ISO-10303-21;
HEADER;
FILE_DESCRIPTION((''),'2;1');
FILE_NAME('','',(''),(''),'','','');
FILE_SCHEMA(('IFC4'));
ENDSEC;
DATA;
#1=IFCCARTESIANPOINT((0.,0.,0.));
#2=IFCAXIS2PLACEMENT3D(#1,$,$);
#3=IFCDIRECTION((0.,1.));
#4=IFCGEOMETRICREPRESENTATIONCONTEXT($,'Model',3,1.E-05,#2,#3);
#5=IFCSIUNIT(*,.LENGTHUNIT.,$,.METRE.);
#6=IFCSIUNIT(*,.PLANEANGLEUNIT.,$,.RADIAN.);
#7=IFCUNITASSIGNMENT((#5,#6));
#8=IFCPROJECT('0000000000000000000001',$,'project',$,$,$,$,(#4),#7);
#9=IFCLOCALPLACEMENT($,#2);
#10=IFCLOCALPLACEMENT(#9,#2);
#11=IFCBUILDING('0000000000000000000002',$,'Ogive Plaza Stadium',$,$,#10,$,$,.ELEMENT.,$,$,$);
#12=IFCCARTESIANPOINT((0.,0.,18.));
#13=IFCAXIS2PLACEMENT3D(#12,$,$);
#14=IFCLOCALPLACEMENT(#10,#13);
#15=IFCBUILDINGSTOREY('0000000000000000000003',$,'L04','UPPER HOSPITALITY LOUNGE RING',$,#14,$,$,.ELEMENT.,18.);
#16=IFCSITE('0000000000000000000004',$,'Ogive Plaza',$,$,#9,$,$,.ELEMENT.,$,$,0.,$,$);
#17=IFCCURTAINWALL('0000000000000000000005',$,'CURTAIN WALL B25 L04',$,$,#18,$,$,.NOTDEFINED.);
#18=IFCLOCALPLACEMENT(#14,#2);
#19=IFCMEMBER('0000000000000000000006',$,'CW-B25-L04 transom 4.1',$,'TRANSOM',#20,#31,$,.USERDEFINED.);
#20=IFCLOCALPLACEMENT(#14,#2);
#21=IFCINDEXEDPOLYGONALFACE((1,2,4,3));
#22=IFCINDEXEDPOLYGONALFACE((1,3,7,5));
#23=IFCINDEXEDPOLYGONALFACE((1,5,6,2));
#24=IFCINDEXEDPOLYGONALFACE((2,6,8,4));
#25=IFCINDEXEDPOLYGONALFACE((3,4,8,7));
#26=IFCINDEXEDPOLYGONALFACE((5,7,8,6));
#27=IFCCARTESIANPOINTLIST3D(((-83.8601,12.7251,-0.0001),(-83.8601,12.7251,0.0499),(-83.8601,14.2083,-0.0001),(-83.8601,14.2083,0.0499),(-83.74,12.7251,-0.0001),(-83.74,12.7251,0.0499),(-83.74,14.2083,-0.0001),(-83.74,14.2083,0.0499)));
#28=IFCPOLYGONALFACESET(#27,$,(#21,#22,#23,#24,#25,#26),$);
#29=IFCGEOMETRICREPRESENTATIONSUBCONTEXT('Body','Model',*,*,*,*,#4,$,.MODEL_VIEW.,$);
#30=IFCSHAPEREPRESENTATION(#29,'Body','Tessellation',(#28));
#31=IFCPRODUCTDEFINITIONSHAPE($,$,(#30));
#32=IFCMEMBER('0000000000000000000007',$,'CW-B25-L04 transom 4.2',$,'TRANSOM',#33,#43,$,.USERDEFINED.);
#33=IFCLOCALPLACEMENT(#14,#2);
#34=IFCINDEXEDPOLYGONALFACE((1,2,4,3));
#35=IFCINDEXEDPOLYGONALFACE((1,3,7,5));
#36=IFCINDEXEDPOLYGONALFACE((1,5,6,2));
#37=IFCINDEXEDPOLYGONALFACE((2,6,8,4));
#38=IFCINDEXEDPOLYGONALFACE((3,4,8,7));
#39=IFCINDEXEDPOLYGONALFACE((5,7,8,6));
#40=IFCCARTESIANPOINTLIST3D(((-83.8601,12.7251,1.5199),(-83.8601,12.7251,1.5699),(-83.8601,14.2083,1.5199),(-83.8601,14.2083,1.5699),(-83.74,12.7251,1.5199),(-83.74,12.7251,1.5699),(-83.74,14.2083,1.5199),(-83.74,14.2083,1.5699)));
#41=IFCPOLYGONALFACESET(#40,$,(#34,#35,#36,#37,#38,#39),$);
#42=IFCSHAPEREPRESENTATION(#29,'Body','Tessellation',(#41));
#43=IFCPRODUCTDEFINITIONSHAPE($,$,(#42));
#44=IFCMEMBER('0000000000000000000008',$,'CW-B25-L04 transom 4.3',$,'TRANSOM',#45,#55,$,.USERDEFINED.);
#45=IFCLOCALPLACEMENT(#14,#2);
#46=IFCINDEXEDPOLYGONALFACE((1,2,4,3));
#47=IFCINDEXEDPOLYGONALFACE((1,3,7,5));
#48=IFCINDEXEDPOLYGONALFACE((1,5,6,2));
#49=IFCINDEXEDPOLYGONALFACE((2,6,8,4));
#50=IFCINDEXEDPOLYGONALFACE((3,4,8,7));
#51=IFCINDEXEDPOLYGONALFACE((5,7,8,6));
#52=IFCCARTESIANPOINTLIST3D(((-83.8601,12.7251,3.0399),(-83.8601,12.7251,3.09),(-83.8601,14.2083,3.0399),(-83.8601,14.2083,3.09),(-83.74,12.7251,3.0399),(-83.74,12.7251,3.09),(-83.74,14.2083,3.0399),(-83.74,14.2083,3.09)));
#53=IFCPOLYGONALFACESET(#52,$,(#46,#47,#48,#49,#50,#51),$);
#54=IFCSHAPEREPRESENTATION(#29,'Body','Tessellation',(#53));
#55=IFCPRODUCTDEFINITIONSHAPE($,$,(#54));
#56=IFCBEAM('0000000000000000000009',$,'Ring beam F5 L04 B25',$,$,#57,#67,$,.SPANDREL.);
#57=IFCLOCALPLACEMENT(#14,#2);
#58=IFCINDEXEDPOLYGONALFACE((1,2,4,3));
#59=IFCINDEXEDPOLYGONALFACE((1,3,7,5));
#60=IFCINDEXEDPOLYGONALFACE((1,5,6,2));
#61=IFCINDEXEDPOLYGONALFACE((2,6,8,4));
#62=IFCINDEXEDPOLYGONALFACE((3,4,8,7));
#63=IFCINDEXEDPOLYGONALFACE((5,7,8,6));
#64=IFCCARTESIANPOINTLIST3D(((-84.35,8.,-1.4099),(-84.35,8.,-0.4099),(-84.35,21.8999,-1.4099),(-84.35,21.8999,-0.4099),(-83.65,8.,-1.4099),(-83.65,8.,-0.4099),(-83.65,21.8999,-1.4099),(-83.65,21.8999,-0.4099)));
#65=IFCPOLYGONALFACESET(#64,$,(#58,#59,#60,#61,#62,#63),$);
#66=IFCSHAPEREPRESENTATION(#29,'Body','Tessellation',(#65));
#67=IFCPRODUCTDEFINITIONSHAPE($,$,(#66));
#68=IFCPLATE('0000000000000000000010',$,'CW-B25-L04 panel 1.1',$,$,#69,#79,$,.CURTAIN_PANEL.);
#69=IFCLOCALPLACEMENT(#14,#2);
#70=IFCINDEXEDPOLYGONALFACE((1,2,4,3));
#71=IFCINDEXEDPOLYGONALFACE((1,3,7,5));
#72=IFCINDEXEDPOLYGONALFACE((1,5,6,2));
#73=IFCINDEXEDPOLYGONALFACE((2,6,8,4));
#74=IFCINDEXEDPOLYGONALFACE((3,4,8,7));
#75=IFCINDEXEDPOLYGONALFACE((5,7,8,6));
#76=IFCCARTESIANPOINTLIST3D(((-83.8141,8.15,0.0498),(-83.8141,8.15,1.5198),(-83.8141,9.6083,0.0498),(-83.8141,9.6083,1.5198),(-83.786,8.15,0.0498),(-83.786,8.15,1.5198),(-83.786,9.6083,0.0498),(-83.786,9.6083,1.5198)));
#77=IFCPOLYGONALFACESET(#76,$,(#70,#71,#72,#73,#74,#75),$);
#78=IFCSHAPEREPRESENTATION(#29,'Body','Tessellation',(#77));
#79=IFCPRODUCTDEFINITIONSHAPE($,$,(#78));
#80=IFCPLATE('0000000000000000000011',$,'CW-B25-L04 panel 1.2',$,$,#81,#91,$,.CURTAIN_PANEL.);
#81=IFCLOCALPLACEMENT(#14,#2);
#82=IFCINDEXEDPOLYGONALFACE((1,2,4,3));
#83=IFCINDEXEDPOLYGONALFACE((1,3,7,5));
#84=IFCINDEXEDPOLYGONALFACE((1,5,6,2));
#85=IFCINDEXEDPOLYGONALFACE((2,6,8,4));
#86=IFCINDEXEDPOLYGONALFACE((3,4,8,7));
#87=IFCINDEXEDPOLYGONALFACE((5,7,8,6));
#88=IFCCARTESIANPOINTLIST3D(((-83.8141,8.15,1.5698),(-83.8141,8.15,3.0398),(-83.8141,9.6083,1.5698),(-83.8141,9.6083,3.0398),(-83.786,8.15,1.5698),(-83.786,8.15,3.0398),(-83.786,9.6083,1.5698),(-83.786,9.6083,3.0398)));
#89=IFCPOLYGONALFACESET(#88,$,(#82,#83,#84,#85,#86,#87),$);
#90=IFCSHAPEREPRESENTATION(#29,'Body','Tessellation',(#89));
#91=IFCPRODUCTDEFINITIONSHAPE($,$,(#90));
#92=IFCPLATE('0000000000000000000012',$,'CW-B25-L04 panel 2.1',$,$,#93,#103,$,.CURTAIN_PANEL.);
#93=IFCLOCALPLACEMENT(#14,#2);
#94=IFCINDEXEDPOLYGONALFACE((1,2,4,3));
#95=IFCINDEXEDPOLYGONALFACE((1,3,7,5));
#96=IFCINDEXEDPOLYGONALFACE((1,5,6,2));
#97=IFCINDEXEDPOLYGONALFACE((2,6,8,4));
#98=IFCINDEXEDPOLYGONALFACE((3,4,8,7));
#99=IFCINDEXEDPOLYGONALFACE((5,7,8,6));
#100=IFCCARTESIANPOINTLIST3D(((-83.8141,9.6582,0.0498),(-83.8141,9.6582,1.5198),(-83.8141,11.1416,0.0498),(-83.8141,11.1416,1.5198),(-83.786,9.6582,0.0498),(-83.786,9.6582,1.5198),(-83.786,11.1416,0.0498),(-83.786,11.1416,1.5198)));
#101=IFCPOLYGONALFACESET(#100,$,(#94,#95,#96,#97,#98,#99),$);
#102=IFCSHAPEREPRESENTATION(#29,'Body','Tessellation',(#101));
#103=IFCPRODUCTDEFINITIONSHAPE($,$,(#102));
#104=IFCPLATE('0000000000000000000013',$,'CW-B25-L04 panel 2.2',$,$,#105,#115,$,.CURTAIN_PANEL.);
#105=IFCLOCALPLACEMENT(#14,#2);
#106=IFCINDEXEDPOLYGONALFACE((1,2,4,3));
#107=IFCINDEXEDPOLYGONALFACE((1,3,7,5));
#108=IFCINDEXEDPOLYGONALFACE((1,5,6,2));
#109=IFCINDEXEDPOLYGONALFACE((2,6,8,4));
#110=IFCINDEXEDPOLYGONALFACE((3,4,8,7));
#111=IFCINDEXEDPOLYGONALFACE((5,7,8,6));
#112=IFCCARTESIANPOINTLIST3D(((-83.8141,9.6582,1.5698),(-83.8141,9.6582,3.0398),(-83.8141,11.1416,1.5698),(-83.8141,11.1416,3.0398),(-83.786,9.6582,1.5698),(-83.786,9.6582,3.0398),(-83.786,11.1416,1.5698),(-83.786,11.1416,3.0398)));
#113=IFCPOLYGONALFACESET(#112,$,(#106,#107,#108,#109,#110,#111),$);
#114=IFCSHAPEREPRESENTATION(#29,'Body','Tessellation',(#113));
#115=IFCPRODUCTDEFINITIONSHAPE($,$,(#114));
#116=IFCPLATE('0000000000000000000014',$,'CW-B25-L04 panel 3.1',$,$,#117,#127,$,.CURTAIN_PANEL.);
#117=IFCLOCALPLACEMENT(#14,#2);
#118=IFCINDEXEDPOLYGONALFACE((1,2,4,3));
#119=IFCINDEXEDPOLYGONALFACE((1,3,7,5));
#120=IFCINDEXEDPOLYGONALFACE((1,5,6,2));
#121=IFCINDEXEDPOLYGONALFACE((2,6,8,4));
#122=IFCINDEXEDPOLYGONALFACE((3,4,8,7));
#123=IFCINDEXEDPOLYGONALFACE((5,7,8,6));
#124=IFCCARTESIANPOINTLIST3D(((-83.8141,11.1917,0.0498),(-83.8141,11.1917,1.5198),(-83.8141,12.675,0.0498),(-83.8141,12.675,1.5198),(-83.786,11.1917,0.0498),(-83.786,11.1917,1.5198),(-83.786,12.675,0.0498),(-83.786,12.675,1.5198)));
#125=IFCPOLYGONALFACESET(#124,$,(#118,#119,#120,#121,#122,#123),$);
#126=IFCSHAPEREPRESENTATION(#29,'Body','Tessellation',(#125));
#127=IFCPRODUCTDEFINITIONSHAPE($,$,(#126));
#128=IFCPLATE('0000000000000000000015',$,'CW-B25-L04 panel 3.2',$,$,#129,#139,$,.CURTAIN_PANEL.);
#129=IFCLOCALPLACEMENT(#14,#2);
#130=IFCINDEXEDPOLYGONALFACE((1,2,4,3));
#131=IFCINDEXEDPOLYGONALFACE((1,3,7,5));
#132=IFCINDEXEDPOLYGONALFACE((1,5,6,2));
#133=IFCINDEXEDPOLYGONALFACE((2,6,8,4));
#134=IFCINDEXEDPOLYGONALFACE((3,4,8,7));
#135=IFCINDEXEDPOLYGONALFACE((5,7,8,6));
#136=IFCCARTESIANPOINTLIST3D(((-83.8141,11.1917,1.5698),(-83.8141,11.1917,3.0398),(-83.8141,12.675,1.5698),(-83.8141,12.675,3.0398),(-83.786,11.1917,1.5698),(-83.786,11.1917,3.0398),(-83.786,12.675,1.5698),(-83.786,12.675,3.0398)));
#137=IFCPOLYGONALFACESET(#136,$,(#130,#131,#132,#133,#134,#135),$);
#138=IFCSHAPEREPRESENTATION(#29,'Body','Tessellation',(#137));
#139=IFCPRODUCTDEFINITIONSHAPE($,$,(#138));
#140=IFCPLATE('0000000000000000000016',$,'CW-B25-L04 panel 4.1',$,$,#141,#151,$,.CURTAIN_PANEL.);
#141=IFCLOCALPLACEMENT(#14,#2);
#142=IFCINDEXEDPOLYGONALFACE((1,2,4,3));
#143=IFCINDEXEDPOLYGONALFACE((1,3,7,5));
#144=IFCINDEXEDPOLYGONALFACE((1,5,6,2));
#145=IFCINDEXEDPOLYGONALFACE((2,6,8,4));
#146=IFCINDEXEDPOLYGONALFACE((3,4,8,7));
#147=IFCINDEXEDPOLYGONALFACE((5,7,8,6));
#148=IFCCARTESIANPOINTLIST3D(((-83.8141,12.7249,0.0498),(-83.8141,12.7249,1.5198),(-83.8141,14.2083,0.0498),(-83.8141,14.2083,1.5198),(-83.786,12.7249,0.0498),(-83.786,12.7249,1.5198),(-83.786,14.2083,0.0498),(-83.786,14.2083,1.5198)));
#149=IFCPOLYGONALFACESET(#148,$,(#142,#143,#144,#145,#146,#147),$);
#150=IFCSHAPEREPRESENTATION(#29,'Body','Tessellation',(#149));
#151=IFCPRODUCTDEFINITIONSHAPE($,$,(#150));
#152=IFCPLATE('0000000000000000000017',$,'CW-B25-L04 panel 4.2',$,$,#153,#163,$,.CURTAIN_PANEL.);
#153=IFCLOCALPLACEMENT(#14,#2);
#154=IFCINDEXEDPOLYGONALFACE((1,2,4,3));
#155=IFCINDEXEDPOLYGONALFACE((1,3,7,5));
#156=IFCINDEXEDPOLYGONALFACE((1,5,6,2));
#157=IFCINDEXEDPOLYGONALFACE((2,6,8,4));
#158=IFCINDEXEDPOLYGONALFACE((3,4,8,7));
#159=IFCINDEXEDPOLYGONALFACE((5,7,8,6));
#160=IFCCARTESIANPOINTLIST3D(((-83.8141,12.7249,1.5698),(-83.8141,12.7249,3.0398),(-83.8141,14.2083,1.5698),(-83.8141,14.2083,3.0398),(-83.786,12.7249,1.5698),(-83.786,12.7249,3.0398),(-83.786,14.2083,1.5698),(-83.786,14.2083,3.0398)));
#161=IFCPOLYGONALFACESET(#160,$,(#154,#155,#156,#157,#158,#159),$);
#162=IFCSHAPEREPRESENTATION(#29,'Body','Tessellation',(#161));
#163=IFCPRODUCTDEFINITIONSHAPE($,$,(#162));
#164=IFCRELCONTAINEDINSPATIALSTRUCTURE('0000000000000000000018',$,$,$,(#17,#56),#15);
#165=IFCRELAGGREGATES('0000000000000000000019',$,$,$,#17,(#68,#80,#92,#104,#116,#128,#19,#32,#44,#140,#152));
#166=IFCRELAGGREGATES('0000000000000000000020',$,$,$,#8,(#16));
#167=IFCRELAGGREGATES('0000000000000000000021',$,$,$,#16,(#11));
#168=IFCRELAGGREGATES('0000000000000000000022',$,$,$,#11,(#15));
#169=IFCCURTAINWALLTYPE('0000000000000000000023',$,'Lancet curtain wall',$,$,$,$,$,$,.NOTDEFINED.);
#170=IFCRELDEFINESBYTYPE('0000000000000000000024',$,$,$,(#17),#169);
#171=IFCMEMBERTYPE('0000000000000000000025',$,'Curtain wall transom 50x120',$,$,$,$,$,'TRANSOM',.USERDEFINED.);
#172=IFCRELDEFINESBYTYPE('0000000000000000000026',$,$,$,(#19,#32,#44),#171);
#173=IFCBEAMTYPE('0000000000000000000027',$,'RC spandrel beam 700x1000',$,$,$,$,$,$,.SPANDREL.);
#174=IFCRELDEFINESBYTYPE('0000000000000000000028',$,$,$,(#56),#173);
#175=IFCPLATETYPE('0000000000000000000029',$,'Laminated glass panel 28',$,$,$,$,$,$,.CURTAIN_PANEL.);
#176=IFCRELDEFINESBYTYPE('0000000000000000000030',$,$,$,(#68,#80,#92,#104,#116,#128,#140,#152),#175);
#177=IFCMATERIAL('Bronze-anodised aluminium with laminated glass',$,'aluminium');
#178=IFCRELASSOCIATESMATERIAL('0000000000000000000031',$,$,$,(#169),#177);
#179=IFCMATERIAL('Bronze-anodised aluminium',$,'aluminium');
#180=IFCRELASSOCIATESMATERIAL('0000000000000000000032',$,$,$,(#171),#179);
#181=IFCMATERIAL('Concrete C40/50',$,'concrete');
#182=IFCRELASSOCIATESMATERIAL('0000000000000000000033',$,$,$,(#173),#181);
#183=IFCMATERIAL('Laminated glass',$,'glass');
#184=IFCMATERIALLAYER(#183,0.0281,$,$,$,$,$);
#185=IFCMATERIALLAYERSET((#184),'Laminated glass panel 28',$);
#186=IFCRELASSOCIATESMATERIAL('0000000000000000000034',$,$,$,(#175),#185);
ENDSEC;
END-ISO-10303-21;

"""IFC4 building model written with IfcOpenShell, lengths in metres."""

from ifc_helpers import new_model, si_unit, direction, frame, origin, origin_2d, place, context, subcontext, project, spatial, rectangle, extrude, material, layer, layer_set, material_profile, profile_set, type_object, element, aggregate, save


model = new_model("IFC4")

# Units and contexts
model_context = context("Model", 3, precision=1e-05, world=origin(), true_north=direction((0.0, 1.0)))
body_context = subcontext(model_context, "Body", "Model", "MODEL_VIEW")
ifc_project = project(units=[si_unit("LENGTHUNIT", "METRE"), si_unit("PLANEANGLEUNIT", "RADIAN")], contexts=[model_context])

# Site, building, storey
site_placement = place(None, origin())
site = spatial("IfcSite", under=ifc_project, at=site_placement, Name="Ogive Plaza", CompositionType="ELEMENT", RefElevation=0.0)
building_placement = place(site_placement, origin())
building = spatial("IfcBuilding", under=site, at=building_placement, Name="Ogive Plaza Stadium", CompositionType="ELEMENT")
storey_placement = place(building_placement, frame((0.0, 0.0, 18.0)))
storey = spatial("IfcBuildingStorey", under=building, at=storey_placement, Name="L04", Description="UPPER HOSPITALITY LOUNGE RING", CompositionType="ELEMENT", Elevation=18.0)

# Curtain wall, members
ifc_material_1 = material(Name="Bronze-anodised aluminium with laminated glass", Category="aluminium")
curtain_wall_type = type_object("IfcCurtainWallType", Name="Lancet curtain wall", PredefinedType="NOTDEFINED", material=ifc_material_1)
curtain_wall_placement = place(storey_placement, origin())
curtain_wall = element("IfcCurtainWall", 1, at=curtain_wall_placement, inside=storey, type_object=curtain_wall_type, Name="CURTAIN WALL B25 L04", PredefinedType="NOTDEFINED")
ifc_material_2 = material(Name="Bronze-anodised aluminium", Category="aluminium")
ifc_material_profile_1 = material_profile(ifc_material_2, rectangle(XDim=0.1201, YDim=0.05, at=origin_2d()), Name="AL 120x50")
ifc_profile_set_1 = profile_set([ifc_material_profile_1], Name="Bronze-anodised aluminium")
member_type_1 = type_object("IfcMemberType", Name="Curtain wall transom 50x120", ElementType="TRANSOM", PredefinedType="USERDEFINED", material=ifc_profile_set_1)
member_1_placement = place(storey_placement, frame((-83.8, 12.7251, 0.0249), z_axis=(0.0, 1.0, 0.0), x_axis=(-1.0, 0.0, 0.0)))
member_1 = element("IfcMember", 2, at=member_1_placement, type_object=member_type_1, Name="CW-B25-L04 transom 4.1", ObjectType="TRANSOM", PredefinedType="USERDEFINED", context=body_context, shape_type="SweptSolid", body=[
    extrude(rectangle(XDim=0.1201, YDim=0.05, at=origin_2d()), origin(), (0.0, 0.0, 1.0), 1.4832),
])
member_2_placement = place(storey_placement, frame((-83.8, 12.7251, 1.5449), z_axis=(0.0, 1.0, 0.0), x_axis=(-1.0, 0.0, 0.0)))
member_2 = element("IfcMember", 3, at=member_2_placement, type_object=member_type_1, Name="CW-B25-L04 transom 4.2", ObjectType="TRANSOM", PredefinedType="USERDEFINED", context=body_context, shape_type="SweptSolid", body=[
    extrude(rectangle(XDim=0.1201, YDim=0.05, at=origin_2d()), origin(), (0.0, 0.0, 1.0), 1.4832),
])
member_3_placement = place(storey_placement, frame((-83.8, 12.7251, 3.0649), z_axis=(0.0, 1.0, 0.0), x_axis=(-1.0, 0.0, 0.0)))
member_3 = element("IfcMember", 4, at=member_3_placement, type_object=member_type_1, Name="CW-B25-L04 transom 4.3", ObjectType="TRANSOM", PredefinedType="USERDEFINED", context=body_context, shape_type="SweptSolid", body=[
    extrude(rectangle(XDim=0.1201, YDim=0.05, at=origin_2d()), origin(), (0.0, 0.0, 1.0), 1.4832),
])

# Beam
ifc_material_3 = material(Name="Concrete C40/50", Category="concrete")
ifc_material_profile_2 = material_profile(ifc_material_3, rectangle(XDim=0.7, YDim=1.0, at=origin_2d()), Name="RC 700x1000")
ifc_profile_set_2 = profile_set([ifc_material_profile_2], Name="Concrete C40/50")
beam_type = type_object("IfcBeamType", Name="RC spandrel beam 700x1000", PredefinedType="SPANDREL", material=ifc_profile_set_2)
beam_placement = place(storey_placement, frame((-84.0, 8.0, -0.9099), z_axis=(0.0, 1.0, 0.0), x_axis=(-1.0, 0.0, 0.0)))
element("IfcBeam", 5, at=beam_placement, inside=storey, type_object=beam_type, Name="Ring beam F5 L04 B25", PredefinedType="SPANDREL", context=body_context, shape_type="SweptSolid", body=[
    extrude(rectangle(XDim=0.7, YDim=1.0, at=origin_2d()), origin(), (0.0, 0.0, 1.0), 13.8999),
])

# Plates
ifc_material_4 = material(Name="Laminated glass", Category="glass")
ifc_layer = layer(ifc_material_4, 0.0281)
ifc_layer_set = layer_set([ifc_layer], Name="Laminated glass panel 28")
plate_type = type_object("IfcPlateType", Name="Laminated glass panel 28", PredefinedType="CURTAIN_PANEL", material=ifc_layer_set)
plate_1_placement = place(storey_placement, frame((-83.8, 8.8792, 0.0498), z_axis=(0.0, 0.0, 1.0), x_axis=(0.0, 1.0, 0.0)))
plate_1 = element("IfcPlate", 6, at=plate_1_placement, type_object=plate_type, Name="CW-B25-L04 panel 1.1", PredefinedType="CURTAIN_PANEL", context=body_context, shape_type="SweptSolid", body=[
    extrude(rectangle(XDim=1.4583, YDim=0.0281, at=origin_2d()), origin(), (0.0, 0.0, 1.0), 1.47),
])
plate_2_placement = place(storey_placement, frame((-83.8, 8.8792, 1.5698), z_axis=(0.0, 0.0, 1.0), x_axis=(0.0, 1.0, 0.0)))
plate_2 = element("IfcPlate", 7, at=plate_2_placement, type_object=plate_type, Name="CW-B25-L04 panel 1.2", PredefinedType="CURTAIN_PANEL", context=body_context, shape_type="SweptSolid", body=[
    extrude(rectangle(XDim=1.4583, YDim=0.0281, at=origin_2d()), origin(), (0.0, 0.0, 1.0), 1.47),
])
plate_3_placement = place(storey_placement, frame((-83.8, 10.3999, 0.0498), z_axis=(0.0, 0.0, 1.0), x_axis=(0.0, 1.0, 0.0)))
plate_3 = element("IfcPlate", 8, at=plate_3_placement, type_object=plate_type, Name="CW-B25-L04 panel 2.1", PredefinedType="CURTAIN_PANEL", context=body_context, shape_type="SweptSolid", body=[
    extrude(rectangle(XDim=1.4834, YDim=0.0281, at=origin_2d()), origin(), (0.0, 0.0, 1.0), 1.47),
])
plate_4_placement = place(storey_placement, frame((-83.8, 10.3999, 1.5698), z_axis=(0.0, 0.0, 1.0), x_axis=(0.0, 1.0, 0.0)))
plate_4 = element("IfcPlate", 9, at=plate_4_placement, type_object=plate_type, Name="CW-B25-L04 panel 2.2", PredefinedType="CURTAIN_PANEL", context=body_context, shape_type="SweptSolid", body=[
    extrude(rectangle(XDim=1.4834, YDim=0.0281, at=origin_2d()), origin(), (0.0, 0.0, 1.0), 1.47),
])
plate_5_placement = place(storey_placement, frame((-83.8, 11.9333, 0.0498), z_axis=(0.0, 0.0, 1.0), x_axis=(0.0, 1.0, 0.0)))
plate_5 = element("IfcPlate", 10, at=plate_5_placement, type_object=plate_type, Name="CW-B25-L04 panel 3.1", PredefinedType="CURTAIN_PANEL", context=body_context, shape_type="SweptSolid", body=[
    extrude(rectangle(XDim=1.4834, YDim=0.0281, at=origin_2d()), origin(), (0.0, 0.0, 1.0), 1.47),
])
plate_6_placement = place(storey_placement, frame((-83.8, 11.9333, 1.5698), z_axis=(0.0, 0.0, 1.0), x_axis=(0.0, 1.0, 0.0)))
plate_6 = element("IfcPlate", 11, at=plate_6_placement, type_object=plate_type, Name="CW-B25-L04 panel 3.2", PredefinedType="CURTAIN_PANEL", context=body_context, shape_type="SweptSolid", body=[
    extrude(rectangle(XDim=1.4834, YDim=0.0281, at=origin_2d()), origin(), (0.0, 0.0, 1.0), 1.47),
])
plate_7_placement = place(storey_placement, frame((-83.8, 13.4666, 0.0498), z_axis=(0.0, 0.0, 1.0), x_axis=(0.0, 1.0, 0.0)))
plate_7 = element("IfcPlate", 12, at=plate_7_placement, type_object=plate_type, Name="CW-B25-L04 panel 4.1", PredefinedType="CURTAIN_PANEL", context=body_context, shape_type="SweptSolid", body=[
    extrude(rectangle(XDim=1.4834, YDim=0.0281, at=origin_2d()), origin(), (0.0, 0.0, 1.0), 1.47),
])
plate_8_placement = place(storey_placement, frame((-83.8, 13.4666, 1.5698), z_axis=(0.0, 0.0, 1.0), x_axis=(0.0, 1.0, 0.0)))
plate_8 = element("IfcPlate", 13, at=plate_8_placement, type_object=plate_type, Name="CW-B25-L04 panel 4.2", PredefinedType="CURTAIN_PANEL", context=body_context, shape_type="SweptSolid", body=[
    extrude(rectangle(XDim=1.4834, YDim=0.0281, at=origin_2d()), origin(), (0.0, 0.0, 1.0), 1.47),
])
aggregate(curtain_wall, [plate_1, plate_2, plate_3, plate_4, plate_5, plate_6, member_1, member_2, member_3, plate_7, plate_8])

save(model, "model.ifc")
